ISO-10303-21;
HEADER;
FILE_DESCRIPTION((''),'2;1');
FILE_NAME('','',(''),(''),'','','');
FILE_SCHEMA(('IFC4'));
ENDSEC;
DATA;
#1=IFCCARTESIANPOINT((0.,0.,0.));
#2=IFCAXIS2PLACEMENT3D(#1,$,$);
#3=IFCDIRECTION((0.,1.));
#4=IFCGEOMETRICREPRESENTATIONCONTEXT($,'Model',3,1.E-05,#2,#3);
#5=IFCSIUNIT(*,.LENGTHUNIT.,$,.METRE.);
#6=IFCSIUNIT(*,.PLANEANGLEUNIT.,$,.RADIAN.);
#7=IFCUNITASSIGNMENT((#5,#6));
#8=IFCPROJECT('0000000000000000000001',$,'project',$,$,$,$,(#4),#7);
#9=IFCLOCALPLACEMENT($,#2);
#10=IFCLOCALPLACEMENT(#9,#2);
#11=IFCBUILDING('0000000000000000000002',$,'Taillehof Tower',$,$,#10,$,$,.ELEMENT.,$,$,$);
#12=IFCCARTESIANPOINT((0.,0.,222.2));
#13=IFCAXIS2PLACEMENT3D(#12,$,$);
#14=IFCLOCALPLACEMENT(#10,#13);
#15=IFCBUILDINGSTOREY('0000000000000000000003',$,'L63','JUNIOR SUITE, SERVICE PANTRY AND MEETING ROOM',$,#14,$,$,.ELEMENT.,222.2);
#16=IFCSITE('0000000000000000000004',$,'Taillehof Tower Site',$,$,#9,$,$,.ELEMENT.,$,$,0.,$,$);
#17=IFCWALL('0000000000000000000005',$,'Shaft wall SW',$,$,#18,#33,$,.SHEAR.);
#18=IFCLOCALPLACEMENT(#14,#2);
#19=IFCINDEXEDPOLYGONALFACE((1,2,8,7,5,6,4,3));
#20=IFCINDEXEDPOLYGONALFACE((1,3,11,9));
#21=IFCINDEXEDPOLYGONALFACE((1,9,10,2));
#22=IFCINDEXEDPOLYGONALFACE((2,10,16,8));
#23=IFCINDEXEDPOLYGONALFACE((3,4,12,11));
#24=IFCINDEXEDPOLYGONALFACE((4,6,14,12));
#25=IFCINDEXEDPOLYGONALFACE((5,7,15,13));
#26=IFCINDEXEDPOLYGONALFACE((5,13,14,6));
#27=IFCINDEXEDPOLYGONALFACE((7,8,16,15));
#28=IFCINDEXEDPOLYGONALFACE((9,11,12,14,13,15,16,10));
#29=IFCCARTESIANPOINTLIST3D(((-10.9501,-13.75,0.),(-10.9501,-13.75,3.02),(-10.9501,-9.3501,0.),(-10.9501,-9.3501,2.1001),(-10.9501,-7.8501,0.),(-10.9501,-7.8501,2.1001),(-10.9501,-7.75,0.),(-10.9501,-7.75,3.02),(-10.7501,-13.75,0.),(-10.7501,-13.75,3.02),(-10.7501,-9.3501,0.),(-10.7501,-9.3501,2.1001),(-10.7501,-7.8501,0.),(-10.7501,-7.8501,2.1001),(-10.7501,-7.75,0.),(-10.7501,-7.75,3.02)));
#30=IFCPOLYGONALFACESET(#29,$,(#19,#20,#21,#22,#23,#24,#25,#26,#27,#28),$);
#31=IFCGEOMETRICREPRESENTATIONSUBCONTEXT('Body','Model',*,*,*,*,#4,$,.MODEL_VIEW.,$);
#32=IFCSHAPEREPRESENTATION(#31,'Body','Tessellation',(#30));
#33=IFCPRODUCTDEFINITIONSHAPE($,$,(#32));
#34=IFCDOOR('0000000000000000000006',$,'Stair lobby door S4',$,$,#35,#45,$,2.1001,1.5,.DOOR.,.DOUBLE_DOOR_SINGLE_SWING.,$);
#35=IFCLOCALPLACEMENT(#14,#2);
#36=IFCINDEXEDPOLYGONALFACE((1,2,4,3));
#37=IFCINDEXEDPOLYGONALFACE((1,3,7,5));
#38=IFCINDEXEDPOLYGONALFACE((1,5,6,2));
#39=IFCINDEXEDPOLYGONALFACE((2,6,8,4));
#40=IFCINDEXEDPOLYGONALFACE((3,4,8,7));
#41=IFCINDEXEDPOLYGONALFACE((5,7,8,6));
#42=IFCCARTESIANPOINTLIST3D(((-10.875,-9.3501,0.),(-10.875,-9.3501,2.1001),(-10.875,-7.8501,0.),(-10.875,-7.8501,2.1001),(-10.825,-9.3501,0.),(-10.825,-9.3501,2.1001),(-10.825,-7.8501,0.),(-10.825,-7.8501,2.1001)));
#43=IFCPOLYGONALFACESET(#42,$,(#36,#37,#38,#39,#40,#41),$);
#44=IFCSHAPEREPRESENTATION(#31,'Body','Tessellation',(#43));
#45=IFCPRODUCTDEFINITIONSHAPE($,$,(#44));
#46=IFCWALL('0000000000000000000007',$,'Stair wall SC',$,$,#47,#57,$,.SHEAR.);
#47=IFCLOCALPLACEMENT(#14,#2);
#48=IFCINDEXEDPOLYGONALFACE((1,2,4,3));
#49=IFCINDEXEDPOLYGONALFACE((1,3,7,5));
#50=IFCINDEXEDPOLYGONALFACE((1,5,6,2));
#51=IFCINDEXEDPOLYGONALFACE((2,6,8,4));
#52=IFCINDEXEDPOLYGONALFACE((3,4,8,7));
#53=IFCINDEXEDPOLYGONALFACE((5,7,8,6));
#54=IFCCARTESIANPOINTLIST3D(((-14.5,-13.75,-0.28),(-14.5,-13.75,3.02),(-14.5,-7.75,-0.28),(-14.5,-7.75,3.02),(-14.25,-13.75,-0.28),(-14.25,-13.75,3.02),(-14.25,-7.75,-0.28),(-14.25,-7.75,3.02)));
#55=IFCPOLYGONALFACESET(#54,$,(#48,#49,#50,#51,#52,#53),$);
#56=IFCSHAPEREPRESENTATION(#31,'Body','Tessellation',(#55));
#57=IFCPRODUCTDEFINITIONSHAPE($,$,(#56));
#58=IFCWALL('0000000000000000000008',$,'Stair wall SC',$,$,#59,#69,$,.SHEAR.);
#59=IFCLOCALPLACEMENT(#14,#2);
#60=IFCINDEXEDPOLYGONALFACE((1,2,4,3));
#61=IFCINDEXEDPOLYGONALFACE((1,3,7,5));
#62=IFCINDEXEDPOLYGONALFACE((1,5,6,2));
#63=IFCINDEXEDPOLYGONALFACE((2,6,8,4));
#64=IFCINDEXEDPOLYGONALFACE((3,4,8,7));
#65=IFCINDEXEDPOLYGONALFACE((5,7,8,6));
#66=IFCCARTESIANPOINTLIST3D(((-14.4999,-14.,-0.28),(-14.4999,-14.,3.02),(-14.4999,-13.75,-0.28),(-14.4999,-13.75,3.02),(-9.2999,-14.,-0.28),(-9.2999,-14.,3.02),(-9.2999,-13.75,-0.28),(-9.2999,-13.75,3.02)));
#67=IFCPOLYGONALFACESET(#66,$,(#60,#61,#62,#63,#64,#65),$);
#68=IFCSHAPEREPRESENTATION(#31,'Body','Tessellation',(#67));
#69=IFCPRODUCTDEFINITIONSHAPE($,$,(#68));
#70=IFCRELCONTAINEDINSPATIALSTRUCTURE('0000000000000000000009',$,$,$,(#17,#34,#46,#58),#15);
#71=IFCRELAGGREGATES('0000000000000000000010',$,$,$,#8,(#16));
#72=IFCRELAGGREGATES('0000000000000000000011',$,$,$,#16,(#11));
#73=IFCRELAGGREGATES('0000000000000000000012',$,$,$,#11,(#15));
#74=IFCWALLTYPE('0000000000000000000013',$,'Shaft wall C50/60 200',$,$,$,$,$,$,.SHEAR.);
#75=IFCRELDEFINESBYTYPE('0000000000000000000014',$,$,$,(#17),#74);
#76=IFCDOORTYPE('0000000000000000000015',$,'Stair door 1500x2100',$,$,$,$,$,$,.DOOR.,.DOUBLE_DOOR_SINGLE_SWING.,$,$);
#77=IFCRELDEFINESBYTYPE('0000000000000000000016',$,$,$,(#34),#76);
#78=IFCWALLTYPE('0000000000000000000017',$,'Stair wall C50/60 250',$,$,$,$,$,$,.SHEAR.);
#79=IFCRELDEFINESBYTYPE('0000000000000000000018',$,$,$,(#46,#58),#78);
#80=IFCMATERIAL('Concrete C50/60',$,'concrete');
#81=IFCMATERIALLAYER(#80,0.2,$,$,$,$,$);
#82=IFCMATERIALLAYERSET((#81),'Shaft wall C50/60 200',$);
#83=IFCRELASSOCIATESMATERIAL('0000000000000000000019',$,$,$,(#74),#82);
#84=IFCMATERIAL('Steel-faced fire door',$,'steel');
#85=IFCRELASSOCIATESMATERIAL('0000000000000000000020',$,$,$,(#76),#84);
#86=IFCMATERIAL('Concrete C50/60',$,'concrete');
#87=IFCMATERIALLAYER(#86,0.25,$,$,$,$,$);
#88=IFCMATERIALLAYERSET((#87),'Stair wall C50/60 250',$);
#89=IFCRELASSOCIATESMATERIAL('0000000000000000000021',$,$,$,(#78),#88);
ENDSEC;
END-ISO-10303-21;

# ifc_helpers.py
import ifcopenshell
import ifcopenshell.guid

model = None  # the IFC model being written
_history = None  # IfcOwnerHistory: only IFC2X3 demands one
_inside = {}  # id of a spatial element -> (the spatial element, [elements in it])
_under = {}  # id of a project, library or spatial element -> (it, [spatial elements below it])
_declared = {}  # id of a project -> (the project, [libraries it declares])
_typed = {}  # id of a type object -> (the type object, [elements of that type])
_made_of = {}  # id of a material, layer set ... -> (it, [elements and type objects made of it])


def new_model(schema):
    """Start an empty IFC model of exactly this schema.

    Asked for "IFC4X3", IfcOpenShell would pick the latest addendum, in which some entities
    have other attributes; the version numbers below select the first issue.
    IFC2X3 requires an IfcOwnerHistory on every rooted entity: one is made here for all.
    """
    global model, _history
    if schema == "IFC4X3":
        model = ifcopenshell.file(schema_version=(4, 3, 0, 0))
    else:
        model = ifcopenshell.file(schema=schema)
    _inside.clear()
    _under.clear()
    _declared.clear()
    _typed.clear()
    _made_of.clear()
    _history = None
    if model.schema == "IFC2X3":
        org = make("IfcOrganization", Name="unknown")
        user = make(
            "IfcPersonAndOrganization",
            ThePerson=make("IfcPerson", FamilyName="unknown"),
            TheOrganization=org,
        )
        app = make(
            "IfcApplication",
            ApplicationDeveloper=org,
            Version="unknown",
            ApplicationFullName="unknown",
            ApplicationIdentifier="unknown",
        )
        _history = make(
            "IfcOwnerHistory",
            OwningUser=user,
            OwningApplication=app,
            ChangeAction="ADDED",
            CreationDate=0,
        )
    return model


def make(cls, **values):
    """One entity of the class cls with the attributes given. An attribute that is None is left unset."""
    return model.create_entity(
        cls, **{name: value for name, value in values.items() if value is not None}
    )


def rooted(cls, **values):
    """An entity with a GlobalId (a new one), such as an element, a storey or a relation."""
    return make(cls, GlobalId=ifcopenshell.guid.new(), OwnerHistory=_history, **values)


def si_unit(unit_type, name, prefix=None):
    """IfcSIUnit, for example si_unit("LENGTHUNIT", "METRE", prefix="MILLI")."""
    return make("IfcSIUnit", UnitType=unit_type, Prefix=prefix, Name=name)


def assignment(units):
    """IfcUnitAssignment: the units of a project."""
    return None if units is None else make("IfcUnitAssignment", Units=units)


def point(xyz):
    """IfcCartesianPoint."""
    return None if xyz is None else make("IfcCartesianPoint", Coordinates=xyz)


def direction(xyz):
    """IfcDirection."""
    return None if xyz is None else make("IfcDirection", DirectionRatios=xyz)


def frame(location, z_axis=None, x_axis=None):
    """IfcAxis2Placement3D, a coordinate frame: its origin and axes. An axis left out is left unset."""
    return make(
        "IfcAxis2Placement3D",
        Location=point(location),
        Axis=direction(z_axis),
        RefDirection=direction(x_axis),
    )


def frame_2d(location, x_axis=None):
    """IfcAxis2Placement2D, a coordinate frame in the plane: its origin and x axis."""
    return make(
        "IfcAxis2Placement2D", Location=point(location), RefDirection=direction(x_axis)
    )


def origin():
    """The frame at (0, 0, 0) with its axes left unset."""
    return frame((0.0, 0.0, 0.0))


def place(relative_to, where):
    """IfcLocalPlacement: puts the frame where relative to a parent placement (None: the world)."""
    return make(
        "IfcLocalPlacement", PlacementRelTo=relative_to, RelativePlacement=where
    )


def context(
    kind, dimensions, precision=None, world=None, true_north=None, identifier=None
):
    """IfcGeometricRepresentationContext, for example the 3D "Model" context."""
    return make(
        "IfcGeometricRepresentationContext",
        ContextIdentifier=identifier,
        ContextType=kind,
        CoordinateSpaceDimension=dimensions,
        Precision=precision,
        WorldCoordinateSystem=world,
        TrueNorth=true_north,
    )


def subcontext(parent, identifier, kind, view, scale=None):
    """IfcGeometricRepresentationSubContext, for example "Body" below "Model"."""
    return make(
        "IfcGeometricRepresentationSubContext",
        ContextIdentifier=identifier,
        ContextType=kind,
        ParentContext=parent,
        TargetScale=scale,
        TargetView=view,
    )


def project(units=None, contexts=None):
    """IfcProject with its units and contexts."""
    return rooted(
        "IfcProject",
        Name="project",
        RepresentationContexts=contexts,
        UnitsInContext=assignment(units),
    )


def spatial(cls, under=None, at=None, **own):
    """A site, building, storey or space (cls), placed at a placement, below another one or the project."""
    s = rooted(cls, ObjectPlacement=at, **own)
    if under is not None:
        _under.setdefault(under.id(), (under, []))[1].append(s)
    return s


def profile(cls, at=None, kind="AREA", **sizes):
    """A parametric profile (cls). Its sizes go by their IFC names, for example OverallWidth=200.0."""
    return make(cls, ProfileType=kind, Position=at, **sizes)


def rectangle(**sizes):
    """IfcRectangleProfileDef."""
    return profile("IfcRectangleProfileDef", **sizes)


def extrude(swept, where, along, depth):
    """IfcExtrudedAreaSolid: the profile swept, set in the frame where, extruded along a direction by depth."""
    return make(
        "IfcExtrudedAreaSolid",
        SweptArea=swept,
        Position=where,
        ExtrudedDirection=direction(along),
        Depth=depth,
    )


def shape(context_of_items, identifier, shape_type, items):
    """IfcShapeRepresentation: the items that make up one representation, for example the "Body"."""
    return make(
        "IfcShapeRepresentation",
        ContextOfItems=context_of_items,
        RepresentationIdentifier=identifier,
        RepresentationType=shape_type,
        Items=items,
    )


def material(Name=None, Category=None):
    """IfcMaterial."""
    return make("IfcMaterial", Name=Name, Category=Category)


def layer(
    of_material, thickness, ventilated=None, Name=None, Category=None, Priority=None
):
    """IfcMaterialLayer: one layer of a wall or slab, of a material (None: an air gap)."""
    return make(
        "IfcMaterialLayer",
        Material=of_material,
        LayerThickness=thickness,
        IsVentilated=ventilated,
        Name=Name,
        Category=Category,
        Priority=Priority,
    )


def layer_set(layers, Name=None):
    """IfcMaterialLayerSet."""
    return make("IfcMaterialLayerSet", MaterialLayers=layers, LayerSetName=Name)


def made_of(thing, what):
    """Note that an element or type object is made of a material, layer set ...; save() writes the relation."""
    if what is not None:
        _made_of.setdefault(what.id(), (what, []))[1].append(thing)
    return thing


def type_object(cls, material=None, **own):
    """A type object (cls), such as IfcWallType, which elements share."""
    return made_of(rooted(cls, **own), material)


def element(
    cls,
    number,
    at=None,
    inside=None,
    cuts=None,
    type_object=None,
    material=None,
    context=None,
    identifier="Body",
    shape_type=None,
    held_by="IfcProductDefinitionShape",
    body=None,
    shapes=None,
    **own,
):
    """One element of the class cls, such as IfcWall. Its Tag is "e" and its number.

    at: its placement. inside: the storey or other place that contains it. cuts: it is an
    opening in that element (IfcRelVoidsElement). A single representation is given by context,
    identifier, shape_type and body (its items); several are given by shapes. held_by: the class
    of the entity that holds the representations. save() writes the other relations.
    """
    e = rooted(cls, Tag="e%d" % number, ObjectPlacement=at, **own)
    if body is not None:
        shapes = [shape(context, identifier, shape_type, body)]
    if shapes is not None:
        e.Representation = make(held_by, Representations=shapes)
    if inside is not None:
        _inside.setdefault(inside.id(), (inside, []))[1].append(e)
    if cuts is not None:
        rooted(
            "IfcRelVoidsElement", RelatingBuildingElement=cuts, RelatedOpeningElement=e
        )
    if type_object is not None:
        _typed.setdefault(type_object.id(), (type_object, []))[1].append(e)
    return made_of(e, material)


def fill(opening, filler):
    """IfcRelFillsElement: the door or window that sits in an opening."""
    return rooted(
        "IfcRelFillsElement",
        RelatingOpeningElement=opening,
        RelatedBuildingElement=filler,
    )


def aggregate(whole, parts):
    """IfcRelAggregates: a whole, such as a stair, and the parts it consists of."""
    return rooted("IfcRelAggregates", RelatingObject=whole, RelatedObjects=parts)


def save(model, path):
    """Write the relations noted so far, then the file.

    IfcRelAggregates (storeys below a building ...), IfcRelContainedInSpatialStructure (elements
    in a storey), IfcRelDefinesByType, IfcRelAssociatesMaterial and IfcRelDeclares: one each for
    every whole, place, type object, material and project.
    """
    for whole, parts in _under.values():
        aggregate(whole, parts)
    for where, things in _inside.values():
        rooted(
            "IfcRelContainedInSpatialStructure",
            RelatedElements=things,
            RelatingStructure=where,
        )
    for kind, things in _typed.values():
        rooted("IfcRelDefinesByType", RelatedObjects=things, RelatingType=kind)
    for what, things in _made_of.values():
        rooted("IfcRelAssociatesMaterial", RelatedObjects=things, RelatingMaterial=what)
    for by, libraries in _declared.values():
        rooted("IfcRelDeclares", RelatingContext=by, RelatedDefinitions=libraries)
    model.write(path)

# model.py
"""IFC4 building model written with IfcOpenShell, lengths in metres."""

from ifc_helpers import new_model, si_unit, direction, frame, frame_2d, origin, place, context, subcontext, project, spatial, rectangle, extrude, material, layer, layer_set, type_object, element, fill, save


model = new_model("IFC4")

# Units and contexts
model_context = context("Model", 3, precision=1e-05, world=origin(), true_north=direction((0.0, 1.0)))
body_context = subcontext(model_context, "Body", "Model", "MODEL_VIEW")
ifc_project = project(units=[si_unit("LENGTHUNIT", "METRE"), si_unit("PLANEANGLEUNIT", "RADIAN")], contexts=[model_context])

# Site, building, storey
site_placement = place(None, origin())
site = spatial("IfcSite", under=ifc_project, at=site_placement, Name="Taillehof Tower Site", CompositionType="ELEMENT", RefElevation=0.0)
building_placement = place(site_placement, origin())
building = spatial("IfcBuilding", under=site, at=building_placement, Name="Taillehof Tower", CompositionType="ELEMENT")
storey_placement = place(building_placement, frame((0.0, 0.0, 222.2)))
storey = spatial("IfcBuildingStorey", under=building, at=storey_placement, Name="L63", Description="JUNIOR SUITE, SERVICE PANTRY AND MEETING ROOM", CompositionType="ELEMENT", Elevation=222.2)

# Wall, opening, door
ifc_material_1 = material(Name="Concrete C50/60", Category="concrete")
ifc_layer_1 = layer(ifc_material_1, 0.2)
ifc_layer_set_1 = layer_set([ifc_layer_1], Name="Shaft wall C50/60 200")
wall_type_1 = type_object("IfcWallType", Name="Shaft wall C50/60 200", PredefinedType="SHEAR", material=ifc_layer_set_1)
wall_1_placement = place(storey_placement, frame((-10.8501, -13.75, 0.0), z_axis=(0.0, 0.0, 1.0), x_axis=(0.0, 1.0, 0.0)))
wall_1 = element("IfcWall", 1, at=wall_1_placement, inside=storey, type_object=wall_type_1, Name="Shaft wall SW", PredefinedType="SHEAR", context=body_context, shape_type="SweptSolid", body=[
    extrude(rectangle(XDim=6.0, YDim=0.2, at=frame_2d((3.0, 0.0))), origin(), (0.0, 0.0, 1.0), 3.02),
])
opening_1_placement = place(wall_1_placement, frame((4.3999, 0.0, 0.0)))
opening_1 = element("IfcOpeningElement", 2, at=opening_1_placement, cuts=wall_1, PredefinedType="OPENING", context=body_context, shape_type="SweptSolid", body=[
    extrude(rectangle(XDim=1.5, YDim=2.1001, at=frame_2d((0.75, 1.05))), frame((0.0, 0.1099, 0.0), z_axis=(0.0, -1.0, 0.0), x_axis=(1.0, 0.0, 0.0)), (0.0, 0.0, 1.0), 0.22),
])
ifc_material_2 = material(Name="Steel-faced fire door", Category="steel")
door_type = type_object("IfcDoorType", Name="Stair door 1500x2100", OperationType="DOUBLE_DOOR_SINGLE_SWING", PredefinedType="DOOR", material=ifc_material_2)
door_placement = place(opening_1_placement, origin())
door = element("IfcDoor", 3, at=door_placement, inside=storey, type_object=door_type, Name="Stair lobby door S4", OperationType="DOUBLE_DOOR_SINGLE_SWING", OverallHeight=2.1001, OverallWidth=1.5, PredefinedType="DOOR", context=body_context, shape_type="SweptSolid", body=[
    extrude(rectangle(XDim=1.5, YDim=2.1001, at=frame_2d((0.75, 1.05))), frame((0.0, 0.0249, 0.0), z_axis=(0.0, -1.0, 0.0), x_axis=(1.0, 0.0, 0.0)), (0.0, 0.0, 1.0), 0.05),
])
fill(opening_1, door)

# Walls
ifc_material_3 = material(Name="Concrete C50/60", Category="concrete")
ifc_layer_2 = layer(ifc_material_3, 0.25)
ifc_layer_set_2 = layer_set([ifc_layer_2], Name="Stair wall C50/60 250")
wall_type_2 = type_object("IfcWallType", Name="Stair wall C50/60 250", PredefinedType="SHEAR", material=ifc_layer_set_2)
wall_2_placement = place(storey_placement, frame((-14.375, -13.75, -0.28), z_axis=(0.0, 0.0, 1.0), x_axis=(0.0, 1.0, 0.0)))
element("IfcWall", 4, at=wall_2_placement, inside=storey, type_object=wall_type_2, Name="Stair wall SC", PredefinedType="SHEAR", context=body_context, shape_type="SweptSolid", body=[
    extrude(rectangle(XDim=6.0, YDim=0.25, at=frame_2d((3.0, 0.0))), origin(), (0.0, 0.0, 1.0), 3.3),
])
wall_3_placement = place(storey_placement, frame((-14.5, -13.875, -0.28), z_axis=(0.0, 0.0, 1.0), x_axis=(1.0, 0.0, 0.0)))
element("IfcWall", 5, at=wall_3_placement, inside=storey, type_object=wall_type_2, Name="Stair wall SC", PredefinedType="SHEAR", context=body_context, shape_type="SweptSolid", body=[
    extrude(rectangle(XDim=5.2, YDim=0.25, at=frame_2d((2.6001, 0.0))), origin(), (0.0, 0.0, 1.0), 3.3),
])

save(model, "model.ifc")
